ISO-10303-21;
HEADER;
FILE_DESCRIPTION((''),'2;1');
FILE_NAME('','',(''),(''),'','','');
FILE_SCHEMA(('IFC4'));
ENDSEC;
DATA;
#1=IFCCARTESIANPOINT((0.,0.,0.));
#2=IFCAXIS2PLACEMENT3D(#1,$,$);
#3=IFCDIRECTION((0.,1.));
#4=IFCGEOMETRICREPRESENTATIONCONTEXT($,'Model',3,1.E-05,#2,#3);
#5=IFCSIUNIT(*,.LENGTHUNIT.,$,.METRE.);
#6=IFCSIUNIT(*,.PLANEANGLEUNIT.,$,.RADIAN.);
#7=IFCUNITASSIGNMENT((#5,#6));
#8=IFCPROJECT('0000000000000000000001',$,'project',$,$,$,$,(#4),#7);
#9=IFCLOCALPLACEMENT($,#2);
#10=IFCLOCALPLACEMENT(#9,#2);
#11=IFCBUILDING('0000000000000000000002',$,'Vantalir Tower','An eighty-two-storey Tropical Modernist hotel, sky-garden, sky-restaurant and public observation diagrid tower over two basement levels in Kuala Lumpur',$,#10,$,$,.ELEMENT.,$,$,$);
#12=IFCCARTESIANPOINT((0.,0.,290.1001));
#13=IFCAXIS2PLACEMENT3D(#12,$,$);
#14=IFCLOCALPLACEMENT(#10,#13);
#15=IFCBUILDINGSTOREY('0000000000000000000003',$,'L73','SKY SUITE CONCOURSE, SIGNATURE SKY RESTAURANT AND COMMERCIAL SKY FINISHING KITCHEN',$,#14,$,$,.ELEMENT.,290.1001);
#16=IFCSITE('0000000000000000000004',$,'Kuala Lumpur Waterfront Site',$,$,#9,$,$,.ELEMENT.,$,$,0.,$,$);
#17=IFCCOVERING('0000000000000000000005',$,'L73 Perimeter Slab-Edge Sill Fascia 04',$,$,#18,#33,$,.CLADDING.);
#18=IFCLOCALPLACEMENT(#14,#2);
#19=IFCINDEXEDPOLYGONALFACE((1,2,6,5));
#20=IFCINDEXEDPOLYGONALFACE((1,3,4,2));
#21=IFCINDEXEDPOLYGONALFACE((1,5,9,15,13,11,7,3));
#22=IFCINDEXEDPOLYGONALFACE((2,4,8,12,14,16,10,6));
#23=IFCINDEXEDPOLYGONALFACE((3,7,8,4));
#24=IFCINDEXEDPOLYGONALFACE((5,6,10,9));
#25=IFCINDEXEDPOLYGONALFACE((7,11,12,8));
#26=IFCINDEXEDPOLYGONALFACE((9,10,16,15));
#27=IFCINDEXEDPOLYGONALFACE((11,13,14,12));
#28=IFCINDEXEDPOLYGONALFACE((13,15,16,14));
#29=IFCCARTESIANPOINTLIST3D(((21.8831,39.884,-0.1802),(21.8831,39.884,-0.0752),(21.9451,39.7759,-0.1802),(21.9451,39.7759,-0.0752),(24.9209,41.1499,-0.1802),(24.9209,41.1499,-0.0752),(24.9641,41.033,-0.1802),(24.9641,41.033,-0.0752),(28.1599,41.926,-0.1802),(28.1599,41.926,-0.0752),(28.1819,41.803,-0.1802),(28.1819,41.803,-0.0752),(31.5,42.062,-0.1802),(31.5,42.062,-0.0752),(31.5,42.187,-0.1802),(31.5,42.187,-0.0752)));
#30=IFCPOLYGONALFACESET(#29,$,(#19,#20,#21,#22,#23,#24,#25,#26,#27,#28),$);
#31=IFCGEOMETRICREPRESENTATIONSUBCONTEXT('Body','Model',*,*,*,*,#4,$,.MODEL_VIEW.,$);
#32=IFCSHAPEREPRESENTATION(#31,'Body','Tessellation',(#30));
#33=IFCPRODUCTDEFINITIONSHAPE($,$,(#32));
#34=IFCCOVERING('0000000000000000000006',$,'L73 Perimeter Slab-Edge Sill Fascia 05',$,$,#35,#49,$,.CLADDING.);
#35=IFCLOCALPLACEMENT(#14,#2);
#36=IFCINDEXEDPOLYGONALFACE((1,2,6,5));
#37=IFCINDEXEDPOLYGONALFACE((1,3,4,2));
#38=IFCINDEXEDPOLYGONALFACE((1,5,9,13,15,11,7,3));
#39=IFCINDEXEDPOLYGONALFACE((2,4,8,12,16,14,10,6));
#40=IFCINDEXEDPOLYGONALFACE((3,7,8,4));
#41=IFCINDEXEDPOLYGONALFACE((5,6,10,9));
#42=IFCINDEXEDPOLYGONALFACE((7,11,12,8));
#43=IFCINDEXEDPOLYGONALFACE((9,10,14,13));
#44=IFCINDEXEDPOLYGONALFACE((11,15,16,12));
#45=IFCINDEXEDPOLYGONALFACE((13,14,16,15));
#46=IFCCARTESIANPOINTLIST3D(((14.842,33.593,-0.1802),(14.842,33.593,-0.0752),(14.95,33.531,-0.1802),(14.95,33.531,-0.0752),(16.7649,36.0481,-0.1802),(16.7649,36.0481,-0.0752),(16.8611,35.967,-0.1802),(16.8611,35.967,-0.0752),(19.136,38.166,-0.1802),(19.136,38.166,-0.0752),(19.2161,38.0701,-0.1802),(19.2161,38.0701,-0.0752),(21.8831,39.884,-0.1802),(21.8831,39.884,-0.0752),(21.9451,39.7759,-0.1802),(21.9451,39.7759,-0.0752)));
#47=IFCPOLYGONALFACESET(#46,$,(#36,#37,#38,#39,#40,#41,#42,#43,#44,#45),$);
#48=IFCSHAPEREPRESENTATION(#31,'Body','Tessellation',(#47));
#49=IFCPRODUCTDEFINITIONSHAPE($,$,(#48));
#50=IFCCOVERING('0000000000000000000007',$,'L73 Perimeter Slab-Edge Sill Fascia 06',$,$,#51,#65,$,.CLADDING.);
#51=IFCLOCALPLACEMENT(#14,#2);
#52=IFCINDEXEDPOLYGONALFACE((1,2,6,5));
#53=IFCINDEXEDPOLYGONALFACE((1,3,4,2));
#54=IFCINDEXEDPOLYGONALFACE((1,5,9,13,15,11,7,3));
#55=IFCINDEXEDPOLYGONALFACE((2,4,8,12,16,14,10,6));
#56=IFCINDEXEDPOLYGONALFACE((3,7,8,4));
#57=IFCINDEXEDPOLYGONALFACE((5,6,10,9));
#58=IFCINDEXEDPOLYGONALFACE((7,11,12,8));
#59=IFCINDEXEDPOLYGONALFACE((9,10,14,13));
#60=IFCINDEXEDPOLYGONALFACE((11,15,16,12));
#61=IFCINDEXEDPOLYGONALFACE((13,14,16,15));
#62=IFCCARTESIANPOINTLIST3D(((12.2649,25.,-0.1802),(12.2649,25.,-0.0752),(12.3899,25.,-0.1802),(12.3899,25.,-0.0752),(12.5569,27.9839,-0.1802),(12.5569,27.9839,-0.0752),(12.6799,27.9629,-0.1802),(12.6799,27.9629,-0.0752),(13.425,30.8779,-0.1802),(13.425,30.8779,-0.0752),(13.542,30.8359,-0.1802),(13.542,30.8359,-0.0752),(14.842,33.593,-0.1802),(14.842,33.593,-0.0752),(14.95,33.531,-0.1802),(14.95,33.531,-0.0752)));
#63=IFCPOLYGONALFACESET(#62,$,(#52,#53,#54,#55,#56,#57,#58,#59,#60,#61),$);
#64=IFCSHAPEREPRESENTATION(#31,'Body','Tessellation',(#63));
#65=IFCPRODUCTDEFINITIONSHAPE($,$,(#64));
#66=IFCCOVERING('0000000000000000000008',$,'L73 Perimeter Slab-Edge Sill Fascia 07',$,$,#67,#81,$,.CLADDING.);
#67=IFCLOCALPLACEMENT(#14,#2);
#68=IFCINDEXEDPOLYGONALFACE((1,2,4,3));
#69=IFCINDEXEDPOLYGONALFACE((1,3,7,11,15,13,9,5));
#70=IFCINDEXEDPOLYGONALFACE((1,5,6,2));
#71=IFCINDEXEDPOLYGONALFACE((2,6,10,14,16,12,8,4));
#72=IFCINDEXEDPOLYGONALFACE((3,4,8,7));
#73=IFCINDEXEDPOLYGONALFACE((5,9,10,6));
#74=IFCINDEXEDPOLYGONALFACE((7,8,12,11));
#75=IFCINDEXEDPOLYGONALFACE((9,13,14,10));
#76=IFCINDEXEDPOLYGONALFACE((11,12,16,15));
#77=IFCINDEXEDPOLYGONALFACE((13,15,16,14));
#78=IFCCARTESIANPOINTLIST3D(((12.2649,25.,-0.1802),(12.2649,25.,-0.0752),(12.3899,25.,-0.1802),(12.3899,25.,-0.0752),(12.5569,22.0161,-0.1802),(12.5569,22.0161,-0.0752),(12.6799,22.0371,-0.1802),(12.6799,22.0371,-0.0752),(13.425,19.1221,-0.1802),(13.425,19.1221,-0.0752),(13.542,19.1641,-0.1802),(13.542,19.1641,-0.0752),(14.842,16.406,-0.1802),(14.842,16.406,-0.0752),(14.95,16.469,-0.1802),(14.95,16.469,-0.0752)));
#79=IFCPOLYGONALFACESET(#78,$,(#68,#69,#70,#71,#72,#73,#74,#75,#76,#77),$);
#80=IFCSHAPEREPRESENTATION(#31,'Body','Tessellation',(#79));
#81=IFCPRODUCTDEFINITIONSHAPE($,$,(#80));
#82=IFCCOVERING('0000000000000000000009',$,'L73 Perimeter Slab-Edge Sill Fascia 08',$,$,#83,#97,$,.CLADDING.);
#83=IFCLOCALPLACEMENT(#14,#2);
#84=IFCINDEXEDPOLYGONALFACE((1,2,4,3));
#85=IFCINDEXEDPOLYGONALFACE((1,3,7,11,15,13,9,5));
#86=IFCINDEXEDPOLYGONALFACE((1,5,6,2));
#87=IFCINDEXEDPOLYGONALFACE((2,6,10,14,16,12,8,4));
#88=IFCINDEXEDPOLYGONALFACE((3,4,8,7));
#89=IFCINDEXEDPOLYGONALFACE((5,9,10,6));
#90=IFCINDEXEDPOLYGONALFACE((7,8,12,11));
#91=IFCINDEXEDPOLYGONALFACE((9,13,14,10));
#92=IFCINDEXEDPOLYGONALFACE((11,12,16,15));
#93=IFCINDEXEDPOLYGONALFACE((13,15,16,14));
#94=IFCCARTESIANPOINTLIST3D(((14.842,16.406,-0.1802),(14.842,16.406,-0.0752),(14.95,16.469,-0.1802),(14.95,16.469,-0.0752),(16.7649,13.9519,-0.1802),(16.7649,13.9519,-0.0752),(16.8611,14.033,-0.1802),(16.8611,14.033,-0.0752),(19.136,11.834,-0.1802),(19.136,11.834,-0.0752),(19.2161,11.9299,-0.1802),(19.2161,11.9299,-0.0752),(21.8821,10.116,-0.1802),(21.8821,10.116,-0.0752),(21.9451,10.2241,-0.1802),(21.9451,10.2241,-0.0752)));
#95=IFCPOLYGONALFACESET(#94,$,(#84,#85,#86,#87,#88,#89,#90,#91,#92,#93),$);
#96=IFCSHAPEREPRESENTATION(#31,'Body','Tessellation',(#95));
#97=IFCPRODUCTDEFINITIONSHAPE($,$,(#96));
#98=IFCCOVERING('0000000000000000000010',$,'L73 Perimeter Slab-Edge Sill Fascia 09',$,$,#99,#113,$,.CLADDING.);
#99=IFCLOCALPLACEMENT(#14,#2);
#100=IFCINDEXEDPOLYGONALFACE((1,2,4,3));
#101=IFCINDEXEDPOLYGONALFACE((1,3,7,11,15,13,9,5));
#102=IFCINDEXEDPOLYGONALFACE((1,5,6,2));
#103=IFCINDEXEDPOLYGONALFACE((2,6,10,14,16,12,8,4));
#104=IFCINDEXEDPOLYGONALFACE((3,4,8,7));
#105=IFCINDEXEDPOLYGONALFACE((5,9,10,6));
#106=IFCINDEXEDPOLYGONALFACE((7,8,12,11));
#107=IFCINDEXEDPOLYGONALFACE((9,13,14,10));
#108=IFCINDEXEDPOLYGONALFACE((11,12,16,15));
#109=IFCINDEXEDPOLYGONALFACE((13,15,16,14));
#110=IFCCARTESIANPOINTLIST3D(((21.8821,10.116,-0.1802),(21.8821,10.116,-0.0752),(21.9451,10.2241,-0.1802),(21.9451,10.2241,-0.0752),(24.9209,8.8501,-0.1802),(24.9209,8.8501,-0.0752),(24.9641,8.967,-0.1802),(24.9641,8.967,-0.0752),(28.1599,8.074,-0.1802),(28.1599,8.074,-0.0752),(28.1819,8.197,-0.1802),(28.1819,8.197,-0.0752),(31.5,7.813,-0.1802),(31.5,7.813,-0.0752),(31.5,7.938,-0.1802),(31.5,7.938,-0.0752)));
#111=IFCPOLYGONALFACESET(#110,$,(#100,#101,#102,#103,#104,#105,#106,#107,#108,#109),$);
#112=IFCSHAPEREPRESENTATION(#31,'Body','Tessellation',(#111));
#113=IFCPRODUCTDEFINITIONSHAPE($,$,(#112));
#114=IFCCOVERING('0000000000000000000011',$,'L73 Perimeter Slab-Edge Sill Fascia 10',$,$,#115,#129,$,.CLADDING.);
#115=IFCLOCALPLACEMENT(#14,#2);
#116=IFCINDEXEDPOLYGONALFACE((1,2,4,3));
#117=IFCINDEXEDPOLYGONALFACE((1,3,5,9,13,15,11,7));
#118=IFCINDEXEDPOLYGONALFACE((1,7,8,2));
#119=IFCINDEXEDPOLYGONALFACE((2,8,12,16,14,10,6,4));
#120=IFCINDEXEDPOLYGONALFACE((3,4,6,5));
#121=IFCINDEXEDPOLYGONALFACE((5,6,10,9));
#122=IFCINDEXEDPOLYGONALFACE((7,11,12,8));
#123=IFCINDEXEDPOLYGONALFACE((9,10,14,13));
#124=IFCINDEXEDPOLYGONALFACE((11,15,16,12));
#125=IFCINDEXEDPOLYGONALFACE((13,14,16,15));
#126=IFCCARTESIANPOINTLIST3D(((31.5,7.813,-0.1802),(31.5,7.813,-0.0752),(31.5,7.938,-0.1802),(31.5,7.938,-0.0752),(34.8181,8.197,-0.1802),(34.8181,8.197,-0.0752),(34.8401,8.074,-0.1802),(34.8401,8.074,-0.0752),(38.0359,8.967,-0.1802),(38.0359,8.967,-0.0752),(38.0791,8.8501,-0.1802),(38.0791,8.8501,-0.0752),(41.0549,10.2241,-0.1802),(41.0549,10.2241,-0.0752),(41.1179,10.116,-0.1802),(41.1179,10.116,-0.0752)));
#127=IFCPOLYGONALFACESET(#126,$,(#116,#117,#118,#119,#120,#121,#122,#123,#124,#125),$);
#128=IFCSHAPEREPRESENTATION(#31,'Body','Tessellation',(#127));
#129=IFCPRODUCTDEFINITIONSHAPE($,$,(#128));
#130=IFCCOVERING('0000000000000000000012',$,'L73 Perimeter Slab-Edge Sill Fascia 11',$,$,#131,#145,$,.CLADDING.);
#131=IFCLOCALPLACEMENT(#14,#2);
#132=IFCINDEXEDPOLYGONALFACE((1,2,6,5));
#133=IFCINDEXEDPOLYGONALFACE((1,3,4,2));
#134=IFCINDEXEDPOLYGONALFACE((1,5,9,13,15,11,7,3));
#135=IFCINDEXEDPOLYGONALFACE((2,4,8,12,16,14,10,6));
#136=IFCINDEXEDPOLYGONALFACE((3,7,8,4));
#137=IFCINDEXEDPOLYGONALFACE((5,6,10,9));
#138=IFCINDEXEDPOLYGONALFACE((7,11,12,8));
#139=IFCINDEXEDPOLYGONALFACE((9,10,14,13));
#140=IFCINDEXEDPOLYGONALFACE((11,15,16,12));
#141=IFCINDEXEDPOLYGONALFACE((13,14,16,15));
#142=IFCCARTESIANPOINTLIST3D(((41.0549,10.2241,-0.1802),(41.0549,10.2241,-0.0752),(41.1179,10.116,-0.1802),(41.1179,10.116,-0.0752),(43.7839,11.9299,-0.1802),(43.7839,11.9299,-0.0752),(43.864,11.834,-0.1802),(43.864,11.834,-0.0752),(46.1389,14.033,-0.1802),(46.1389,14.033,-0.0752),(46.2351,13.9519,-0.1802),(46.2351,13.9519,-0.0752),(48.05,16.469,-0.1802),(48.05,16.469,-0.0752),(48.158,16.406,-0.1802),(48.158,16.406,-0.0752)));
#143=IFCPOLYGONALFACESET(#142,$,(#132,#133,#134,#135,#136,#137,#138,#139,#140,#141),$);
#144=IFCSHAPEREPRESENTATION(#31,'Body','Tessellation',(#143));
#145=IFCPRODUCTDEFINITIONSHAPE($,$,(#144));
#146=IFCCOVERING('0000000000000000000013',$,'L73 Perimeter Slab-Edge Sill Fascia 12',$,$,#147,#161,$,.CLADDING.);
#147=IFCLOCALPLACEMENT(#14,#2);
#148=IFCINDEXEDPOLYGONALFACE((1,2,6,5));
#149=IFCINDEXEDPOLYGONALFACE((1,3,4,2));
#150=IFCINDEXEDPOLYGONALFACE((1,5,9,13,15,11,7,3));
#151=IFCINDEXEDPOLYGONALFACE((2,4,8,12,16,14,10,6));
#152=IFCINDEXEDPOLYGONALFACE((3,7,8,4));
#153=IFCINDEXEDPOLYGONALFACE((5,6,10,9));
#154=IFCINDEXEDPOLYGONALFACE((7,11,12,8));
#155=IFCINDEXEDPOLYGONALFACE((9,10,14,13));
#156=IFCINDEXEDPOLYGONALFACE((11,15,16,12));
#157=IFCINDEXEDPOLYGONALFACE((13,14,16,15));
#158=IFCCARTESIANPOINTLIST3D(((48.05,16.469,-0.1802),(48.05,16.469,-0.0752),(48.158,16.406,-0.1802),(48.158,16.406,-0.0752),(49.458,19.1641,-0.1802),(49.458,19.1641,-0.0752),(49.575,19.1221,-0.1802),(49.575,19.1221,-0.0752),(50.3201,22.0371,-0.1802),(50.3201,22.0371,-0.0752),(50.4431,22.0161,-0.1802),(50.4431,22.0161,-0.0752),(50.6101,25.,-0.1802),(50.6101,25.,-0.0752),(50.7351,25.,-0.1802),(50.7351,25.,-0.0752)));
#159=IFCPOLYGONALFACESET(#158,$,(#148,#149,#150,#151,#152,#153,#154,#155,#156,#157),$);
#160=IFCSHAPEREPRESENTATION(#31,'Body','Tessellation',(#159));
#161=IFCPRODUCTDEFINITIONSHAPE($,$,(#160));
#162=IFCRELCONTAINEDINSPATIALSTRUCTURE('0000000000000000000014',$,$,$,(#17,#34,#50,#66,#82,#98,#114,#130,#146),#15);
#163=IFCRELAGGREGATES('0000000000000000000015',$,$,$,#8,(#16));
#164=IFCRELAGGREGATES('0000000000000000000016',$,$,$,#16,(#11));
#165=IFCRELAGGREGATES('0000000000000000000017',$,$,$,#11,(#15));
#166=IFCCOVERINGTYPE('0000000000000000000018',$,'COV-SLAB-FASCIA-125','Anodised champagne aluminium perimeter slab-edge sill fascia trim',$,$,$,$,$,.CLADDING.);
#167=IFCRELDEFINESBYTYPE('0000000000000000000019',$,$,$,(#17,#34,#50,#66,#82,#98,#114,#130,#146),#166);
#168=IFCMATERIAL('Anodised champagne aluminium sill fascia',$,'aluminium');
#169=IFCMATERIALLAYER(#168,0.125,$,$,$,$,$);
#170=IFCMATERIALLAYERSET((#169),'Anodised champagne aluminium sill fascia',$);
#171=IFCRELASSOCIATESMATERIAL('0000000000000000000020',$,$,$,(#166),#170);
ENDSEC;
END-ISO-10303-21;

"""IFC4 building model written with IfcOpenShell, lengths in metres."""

from ifc_helpers import new_model, si_unit, direction, frame, origin, place, context, subcontext, project, spatial, polyline, outline, extrude, material, layer, layer_set, type_object, element, save


model = new_model("IFC4")

# Units and contexts
model_context = context("Model", 3, precision=1e-05, world=origin(), true_north=direction((0.0, 1.0)))
body_context = subcontext(model_context, "Body", "Model", "MODEL_VIEW")
ifc_project = project(units=[si_unit("LENGTHUNIT", "METRE"), si_unit("PLANEANGLEUNIT", "RADIAN")], contexts=[model_context])

# Site, building, storey
site_placement = place(None, origin())
site = spatial("IfcSite", under=ifc_project, at=site_placement, Name="Kuala Lumpur Waterfront Site", CompositionType="ELEMENT", RefElevation=0.0)
building_placement = place(site_placement, origin())
building = spatial("IfcBuilding", under=site, at=building_placement, Name="Vantalir Tower", Description="An eighty-two-storey Tropical Modernist hotel, sky-garden, sky-restaurant and public observation diagrid tower over two basement levels in Kuala Lumpur", CompositionType="ELEMENT")
storey_placement = place(building_placement, frame((0.0, 0.0, 290.1001)))
storey = spatial("IfcBuildingStorey", under=building, at=storey_placement, Name="L73", Description="SKY SUITE CONCOURSE, SIGNATURE SKY RESTAURANT AND COMMERCIAL SKY FINISHING KITCHEN", CompositionType="ELEMENT", Elevation=290.1001)

# Coverings
ifc_material_1 = material(Name="Anodised champagne aluminium sill fascia", Category="aluminium")
ifc_layer_1 = layer(ifc_material_1, 0.125)
ifc_layer_set_1 = layer_set([ifc_layer_1], Name="Anodised champagne aluminium sill fascia")
covering_type = type_object("IfcCoveringType", Name="COV-SLAB-FASCIA-125", Description="Anodised champagne aluminium perimeter slab-edge sill fascia trim", PredefinedType="CLADDING", material=ifc_layer_set_1)
covering_1_placement = place(storey_placement, frame((0.0, 0.0, -0.1802)))
element("IfcCovering", 1, at=covering_1_placement, inside=storey, type_object=covering_type, Name="L73 Perimeter Slab-Edge Sill Fascia 04", PredefinedType="CLADDING", context=body_context, shape_type="SweptSolid", body=[
    extrude(outline(polyline([(31.5, 42.187), (28.1599, 41.926), (24.9209, 41.1499), (21.8831, 39.884), (21.9451, 39.7759), (24.9641, 41.033), (28.1819, 41.803), (31.5, 42.062), (31.5, 42.187)])), origin(), (0.0, 0.0, 1.0), 0.105),
])
covering_2_placement = place(storey_placement, frame((0.0, 0.0, -0.1802)))
element("IfcCovering", 2, at=covering_2_placement, inside=storey, type_object=covering_type, Name="L73 Perimeter Slab-Edge Sill Fascia 05", PredefinedType="CLADDING", context=body_context, shape_type="SweptSolid", body=[
    extrude(outline(polyline([(21.8831, 39.884), (19.136, 38.166), (16.7649, 36.0481), (14.842, 33.593), (14.95, 33.531), (16.8611, 35.967), (19.2161, 38.0701), (21.9451, 39.7759), (21.8831, 39.884)])), origin(), (0.0, 0.0, 1.0), 0.105),
])
covering_3_placement = place(storey_placement, frame((0.0, 0.0, -0.1802)))
element("IfcCovering", 3, at=covering_3_placement, inside=storey, type_object=covering_type, Name="L73 Perimeter Slab-Edge Sill Fascia 06", PredefinedType="CLADDING", context=body_context, shape_type="SweptSolid", body=[
    extrude(outline(polyline([(14.842, 33.593), (13.425, 30.8779), (12.5569, 27.9839), (12.2649, 25.0), (12.3899, 25.0), (12.6799, 27.9629), (13.542, 30.8359), (14.95, 33.531), (14.842, 33.593)])), origin(), (0.0, 0.0, 1.0), 0.105),
])
covering_4_placement = place(storey_placement, frame((0.0, 0.0, -0.1802)))
element("IfcCovering", 4, at=covering_4_placement, inside=storey, type_object=covering_type, Name="L73 Perimeter Slab-Edge Sill Fascia 07", PredefinedType="CLADDING", context=body_context, shape_type="SweptSolid", body=[
    extrude(outline(polyline([(12.2649, 25.0), (12.5569, 22.0161), (13.425, 19.1221), (14.842, 16.406), (14.95, 16.469), (13.542, 19.1641), (12.6799, 22.0371), (12.3899, 25.0), (12.2649, 25.0)])), origin(), (0.0, 0.0, 1.0), 0.105),
])
covering_5_placement = place(storey_placement, frame((0.0, 0.0, -0.1802)))
element("IfcCovering", 5, at=covering_5_placement, inside=storey, type_object=covering_type, Name="L73 Perimeter Slab-Edge Sill Fascia 08", PredefinedType="CLADDING", context=body_context, shape_type="SweptSolid", body=[
    extrude(outline(polyline([(14.842, 16.406), (16.7649, 13.9519), (19.136, 11.834), (21.8821, 10.116), (21.9451, 10.2241), (19.2161, 11.9299), (16.8611, 14.033), (14.95, 16.469), (14.842, 16.406)])), origin(), (0.0, 0.0, 1.0), 0.105),
])
covering_6_placement = place(storey_placement, frame((0.0, 0.0, -0.1802)))
element("IfcCovering", 6, at=covering_6_placement, inside=storey, type_object=covering_type, Name="L73 Perimeter Slab-Edge Sill Fascia 09", PredefinedType="CLADDING", context=body_context, shape_type="SweptSolid", body=[
    extrude(outline(polyline([(21.8821, 10.116), (24.9209, 8.8501), (28.1599, 8.074), (31.5, 7.813), (31.5, 7.938), (28.1819, 8.197), (24.9641, 8.967), (21.9451, 10.2241), (21.8821, 10.116)])), origin(), (0.0, 0.0, 1.0), 0.105),
])
covering_7_placement = place(storey_placement, frame((0.0, 0.0, -0.1802)))
element("IfcCovering", 7, at=covering_7_placement, inside=storey, type_object=covering_type, Name="L73 Perimeter Slab-Edge Sill Fascia 10", PredefinedType="CLADDING", context=body_context, shape_type="SweptSolid", body=[
    extrude(outline(polyline([(31.5, 7.813), (34.8401, 8.074), (38.0791, 8.8501), (41.1179, 10.116), (41.0549, 10.2241), (38.0359, 8.967), (34.8181, 8.197), (31.5, 7.938), (31.5, 7.813)])), origin(), (0.0, 0.0, 1.0), 0.105),
])
covering_8_placement = place(storey_placement, frame((0.0, 0.0, -0.1802)))
element("IfcCovering", 8, at=covering_8_placement, inside=storey, type_object=covering_type, Name="L73 Perimeter Slab-Edge Sill Fascia 11", PredefinedType="CLADDING", context=body_context, shape_type="SweptSolid", body=[
    extrude(outline(polyline([(41.1179, 10.116), (43.864, 11.834), (46.2351, 13.9519), (48.158, 16.406), (48.05, 16.469), (46.1389, 14.033), (43.7839, 11.9299), (41.0549, 10.2241), (41.1179, 10.116)])), origin(), (0.0, 0.0, 1.0), 0.105),
])
covering_9_placement = place(storey_placement, frame((0.0, 0.0, -0.1802)))
element("IfcCovering", 9, at=covering_9_placement, inside=storey, type_object=covering_type, Name="L73 Perimeter Slab-Edge Sill Fascia 12", PredefinedType="CLADDING", context=body_context, shape_type="SweptSolid", body=[
    extrude(outline(polyline([(48.158, 16.406), (49.575, 19.1221), (50.4431, 22.0161), (50.7351, 25.0), (50.6101, 25.0), (50.3201, 22.0371), (49.458, 19.1641), (48.05, 16.469), (48.158, 16.406)])), origin(), (0.0, 0.0, 1.0), 0.105),
])

save(model, "model.ifc")
